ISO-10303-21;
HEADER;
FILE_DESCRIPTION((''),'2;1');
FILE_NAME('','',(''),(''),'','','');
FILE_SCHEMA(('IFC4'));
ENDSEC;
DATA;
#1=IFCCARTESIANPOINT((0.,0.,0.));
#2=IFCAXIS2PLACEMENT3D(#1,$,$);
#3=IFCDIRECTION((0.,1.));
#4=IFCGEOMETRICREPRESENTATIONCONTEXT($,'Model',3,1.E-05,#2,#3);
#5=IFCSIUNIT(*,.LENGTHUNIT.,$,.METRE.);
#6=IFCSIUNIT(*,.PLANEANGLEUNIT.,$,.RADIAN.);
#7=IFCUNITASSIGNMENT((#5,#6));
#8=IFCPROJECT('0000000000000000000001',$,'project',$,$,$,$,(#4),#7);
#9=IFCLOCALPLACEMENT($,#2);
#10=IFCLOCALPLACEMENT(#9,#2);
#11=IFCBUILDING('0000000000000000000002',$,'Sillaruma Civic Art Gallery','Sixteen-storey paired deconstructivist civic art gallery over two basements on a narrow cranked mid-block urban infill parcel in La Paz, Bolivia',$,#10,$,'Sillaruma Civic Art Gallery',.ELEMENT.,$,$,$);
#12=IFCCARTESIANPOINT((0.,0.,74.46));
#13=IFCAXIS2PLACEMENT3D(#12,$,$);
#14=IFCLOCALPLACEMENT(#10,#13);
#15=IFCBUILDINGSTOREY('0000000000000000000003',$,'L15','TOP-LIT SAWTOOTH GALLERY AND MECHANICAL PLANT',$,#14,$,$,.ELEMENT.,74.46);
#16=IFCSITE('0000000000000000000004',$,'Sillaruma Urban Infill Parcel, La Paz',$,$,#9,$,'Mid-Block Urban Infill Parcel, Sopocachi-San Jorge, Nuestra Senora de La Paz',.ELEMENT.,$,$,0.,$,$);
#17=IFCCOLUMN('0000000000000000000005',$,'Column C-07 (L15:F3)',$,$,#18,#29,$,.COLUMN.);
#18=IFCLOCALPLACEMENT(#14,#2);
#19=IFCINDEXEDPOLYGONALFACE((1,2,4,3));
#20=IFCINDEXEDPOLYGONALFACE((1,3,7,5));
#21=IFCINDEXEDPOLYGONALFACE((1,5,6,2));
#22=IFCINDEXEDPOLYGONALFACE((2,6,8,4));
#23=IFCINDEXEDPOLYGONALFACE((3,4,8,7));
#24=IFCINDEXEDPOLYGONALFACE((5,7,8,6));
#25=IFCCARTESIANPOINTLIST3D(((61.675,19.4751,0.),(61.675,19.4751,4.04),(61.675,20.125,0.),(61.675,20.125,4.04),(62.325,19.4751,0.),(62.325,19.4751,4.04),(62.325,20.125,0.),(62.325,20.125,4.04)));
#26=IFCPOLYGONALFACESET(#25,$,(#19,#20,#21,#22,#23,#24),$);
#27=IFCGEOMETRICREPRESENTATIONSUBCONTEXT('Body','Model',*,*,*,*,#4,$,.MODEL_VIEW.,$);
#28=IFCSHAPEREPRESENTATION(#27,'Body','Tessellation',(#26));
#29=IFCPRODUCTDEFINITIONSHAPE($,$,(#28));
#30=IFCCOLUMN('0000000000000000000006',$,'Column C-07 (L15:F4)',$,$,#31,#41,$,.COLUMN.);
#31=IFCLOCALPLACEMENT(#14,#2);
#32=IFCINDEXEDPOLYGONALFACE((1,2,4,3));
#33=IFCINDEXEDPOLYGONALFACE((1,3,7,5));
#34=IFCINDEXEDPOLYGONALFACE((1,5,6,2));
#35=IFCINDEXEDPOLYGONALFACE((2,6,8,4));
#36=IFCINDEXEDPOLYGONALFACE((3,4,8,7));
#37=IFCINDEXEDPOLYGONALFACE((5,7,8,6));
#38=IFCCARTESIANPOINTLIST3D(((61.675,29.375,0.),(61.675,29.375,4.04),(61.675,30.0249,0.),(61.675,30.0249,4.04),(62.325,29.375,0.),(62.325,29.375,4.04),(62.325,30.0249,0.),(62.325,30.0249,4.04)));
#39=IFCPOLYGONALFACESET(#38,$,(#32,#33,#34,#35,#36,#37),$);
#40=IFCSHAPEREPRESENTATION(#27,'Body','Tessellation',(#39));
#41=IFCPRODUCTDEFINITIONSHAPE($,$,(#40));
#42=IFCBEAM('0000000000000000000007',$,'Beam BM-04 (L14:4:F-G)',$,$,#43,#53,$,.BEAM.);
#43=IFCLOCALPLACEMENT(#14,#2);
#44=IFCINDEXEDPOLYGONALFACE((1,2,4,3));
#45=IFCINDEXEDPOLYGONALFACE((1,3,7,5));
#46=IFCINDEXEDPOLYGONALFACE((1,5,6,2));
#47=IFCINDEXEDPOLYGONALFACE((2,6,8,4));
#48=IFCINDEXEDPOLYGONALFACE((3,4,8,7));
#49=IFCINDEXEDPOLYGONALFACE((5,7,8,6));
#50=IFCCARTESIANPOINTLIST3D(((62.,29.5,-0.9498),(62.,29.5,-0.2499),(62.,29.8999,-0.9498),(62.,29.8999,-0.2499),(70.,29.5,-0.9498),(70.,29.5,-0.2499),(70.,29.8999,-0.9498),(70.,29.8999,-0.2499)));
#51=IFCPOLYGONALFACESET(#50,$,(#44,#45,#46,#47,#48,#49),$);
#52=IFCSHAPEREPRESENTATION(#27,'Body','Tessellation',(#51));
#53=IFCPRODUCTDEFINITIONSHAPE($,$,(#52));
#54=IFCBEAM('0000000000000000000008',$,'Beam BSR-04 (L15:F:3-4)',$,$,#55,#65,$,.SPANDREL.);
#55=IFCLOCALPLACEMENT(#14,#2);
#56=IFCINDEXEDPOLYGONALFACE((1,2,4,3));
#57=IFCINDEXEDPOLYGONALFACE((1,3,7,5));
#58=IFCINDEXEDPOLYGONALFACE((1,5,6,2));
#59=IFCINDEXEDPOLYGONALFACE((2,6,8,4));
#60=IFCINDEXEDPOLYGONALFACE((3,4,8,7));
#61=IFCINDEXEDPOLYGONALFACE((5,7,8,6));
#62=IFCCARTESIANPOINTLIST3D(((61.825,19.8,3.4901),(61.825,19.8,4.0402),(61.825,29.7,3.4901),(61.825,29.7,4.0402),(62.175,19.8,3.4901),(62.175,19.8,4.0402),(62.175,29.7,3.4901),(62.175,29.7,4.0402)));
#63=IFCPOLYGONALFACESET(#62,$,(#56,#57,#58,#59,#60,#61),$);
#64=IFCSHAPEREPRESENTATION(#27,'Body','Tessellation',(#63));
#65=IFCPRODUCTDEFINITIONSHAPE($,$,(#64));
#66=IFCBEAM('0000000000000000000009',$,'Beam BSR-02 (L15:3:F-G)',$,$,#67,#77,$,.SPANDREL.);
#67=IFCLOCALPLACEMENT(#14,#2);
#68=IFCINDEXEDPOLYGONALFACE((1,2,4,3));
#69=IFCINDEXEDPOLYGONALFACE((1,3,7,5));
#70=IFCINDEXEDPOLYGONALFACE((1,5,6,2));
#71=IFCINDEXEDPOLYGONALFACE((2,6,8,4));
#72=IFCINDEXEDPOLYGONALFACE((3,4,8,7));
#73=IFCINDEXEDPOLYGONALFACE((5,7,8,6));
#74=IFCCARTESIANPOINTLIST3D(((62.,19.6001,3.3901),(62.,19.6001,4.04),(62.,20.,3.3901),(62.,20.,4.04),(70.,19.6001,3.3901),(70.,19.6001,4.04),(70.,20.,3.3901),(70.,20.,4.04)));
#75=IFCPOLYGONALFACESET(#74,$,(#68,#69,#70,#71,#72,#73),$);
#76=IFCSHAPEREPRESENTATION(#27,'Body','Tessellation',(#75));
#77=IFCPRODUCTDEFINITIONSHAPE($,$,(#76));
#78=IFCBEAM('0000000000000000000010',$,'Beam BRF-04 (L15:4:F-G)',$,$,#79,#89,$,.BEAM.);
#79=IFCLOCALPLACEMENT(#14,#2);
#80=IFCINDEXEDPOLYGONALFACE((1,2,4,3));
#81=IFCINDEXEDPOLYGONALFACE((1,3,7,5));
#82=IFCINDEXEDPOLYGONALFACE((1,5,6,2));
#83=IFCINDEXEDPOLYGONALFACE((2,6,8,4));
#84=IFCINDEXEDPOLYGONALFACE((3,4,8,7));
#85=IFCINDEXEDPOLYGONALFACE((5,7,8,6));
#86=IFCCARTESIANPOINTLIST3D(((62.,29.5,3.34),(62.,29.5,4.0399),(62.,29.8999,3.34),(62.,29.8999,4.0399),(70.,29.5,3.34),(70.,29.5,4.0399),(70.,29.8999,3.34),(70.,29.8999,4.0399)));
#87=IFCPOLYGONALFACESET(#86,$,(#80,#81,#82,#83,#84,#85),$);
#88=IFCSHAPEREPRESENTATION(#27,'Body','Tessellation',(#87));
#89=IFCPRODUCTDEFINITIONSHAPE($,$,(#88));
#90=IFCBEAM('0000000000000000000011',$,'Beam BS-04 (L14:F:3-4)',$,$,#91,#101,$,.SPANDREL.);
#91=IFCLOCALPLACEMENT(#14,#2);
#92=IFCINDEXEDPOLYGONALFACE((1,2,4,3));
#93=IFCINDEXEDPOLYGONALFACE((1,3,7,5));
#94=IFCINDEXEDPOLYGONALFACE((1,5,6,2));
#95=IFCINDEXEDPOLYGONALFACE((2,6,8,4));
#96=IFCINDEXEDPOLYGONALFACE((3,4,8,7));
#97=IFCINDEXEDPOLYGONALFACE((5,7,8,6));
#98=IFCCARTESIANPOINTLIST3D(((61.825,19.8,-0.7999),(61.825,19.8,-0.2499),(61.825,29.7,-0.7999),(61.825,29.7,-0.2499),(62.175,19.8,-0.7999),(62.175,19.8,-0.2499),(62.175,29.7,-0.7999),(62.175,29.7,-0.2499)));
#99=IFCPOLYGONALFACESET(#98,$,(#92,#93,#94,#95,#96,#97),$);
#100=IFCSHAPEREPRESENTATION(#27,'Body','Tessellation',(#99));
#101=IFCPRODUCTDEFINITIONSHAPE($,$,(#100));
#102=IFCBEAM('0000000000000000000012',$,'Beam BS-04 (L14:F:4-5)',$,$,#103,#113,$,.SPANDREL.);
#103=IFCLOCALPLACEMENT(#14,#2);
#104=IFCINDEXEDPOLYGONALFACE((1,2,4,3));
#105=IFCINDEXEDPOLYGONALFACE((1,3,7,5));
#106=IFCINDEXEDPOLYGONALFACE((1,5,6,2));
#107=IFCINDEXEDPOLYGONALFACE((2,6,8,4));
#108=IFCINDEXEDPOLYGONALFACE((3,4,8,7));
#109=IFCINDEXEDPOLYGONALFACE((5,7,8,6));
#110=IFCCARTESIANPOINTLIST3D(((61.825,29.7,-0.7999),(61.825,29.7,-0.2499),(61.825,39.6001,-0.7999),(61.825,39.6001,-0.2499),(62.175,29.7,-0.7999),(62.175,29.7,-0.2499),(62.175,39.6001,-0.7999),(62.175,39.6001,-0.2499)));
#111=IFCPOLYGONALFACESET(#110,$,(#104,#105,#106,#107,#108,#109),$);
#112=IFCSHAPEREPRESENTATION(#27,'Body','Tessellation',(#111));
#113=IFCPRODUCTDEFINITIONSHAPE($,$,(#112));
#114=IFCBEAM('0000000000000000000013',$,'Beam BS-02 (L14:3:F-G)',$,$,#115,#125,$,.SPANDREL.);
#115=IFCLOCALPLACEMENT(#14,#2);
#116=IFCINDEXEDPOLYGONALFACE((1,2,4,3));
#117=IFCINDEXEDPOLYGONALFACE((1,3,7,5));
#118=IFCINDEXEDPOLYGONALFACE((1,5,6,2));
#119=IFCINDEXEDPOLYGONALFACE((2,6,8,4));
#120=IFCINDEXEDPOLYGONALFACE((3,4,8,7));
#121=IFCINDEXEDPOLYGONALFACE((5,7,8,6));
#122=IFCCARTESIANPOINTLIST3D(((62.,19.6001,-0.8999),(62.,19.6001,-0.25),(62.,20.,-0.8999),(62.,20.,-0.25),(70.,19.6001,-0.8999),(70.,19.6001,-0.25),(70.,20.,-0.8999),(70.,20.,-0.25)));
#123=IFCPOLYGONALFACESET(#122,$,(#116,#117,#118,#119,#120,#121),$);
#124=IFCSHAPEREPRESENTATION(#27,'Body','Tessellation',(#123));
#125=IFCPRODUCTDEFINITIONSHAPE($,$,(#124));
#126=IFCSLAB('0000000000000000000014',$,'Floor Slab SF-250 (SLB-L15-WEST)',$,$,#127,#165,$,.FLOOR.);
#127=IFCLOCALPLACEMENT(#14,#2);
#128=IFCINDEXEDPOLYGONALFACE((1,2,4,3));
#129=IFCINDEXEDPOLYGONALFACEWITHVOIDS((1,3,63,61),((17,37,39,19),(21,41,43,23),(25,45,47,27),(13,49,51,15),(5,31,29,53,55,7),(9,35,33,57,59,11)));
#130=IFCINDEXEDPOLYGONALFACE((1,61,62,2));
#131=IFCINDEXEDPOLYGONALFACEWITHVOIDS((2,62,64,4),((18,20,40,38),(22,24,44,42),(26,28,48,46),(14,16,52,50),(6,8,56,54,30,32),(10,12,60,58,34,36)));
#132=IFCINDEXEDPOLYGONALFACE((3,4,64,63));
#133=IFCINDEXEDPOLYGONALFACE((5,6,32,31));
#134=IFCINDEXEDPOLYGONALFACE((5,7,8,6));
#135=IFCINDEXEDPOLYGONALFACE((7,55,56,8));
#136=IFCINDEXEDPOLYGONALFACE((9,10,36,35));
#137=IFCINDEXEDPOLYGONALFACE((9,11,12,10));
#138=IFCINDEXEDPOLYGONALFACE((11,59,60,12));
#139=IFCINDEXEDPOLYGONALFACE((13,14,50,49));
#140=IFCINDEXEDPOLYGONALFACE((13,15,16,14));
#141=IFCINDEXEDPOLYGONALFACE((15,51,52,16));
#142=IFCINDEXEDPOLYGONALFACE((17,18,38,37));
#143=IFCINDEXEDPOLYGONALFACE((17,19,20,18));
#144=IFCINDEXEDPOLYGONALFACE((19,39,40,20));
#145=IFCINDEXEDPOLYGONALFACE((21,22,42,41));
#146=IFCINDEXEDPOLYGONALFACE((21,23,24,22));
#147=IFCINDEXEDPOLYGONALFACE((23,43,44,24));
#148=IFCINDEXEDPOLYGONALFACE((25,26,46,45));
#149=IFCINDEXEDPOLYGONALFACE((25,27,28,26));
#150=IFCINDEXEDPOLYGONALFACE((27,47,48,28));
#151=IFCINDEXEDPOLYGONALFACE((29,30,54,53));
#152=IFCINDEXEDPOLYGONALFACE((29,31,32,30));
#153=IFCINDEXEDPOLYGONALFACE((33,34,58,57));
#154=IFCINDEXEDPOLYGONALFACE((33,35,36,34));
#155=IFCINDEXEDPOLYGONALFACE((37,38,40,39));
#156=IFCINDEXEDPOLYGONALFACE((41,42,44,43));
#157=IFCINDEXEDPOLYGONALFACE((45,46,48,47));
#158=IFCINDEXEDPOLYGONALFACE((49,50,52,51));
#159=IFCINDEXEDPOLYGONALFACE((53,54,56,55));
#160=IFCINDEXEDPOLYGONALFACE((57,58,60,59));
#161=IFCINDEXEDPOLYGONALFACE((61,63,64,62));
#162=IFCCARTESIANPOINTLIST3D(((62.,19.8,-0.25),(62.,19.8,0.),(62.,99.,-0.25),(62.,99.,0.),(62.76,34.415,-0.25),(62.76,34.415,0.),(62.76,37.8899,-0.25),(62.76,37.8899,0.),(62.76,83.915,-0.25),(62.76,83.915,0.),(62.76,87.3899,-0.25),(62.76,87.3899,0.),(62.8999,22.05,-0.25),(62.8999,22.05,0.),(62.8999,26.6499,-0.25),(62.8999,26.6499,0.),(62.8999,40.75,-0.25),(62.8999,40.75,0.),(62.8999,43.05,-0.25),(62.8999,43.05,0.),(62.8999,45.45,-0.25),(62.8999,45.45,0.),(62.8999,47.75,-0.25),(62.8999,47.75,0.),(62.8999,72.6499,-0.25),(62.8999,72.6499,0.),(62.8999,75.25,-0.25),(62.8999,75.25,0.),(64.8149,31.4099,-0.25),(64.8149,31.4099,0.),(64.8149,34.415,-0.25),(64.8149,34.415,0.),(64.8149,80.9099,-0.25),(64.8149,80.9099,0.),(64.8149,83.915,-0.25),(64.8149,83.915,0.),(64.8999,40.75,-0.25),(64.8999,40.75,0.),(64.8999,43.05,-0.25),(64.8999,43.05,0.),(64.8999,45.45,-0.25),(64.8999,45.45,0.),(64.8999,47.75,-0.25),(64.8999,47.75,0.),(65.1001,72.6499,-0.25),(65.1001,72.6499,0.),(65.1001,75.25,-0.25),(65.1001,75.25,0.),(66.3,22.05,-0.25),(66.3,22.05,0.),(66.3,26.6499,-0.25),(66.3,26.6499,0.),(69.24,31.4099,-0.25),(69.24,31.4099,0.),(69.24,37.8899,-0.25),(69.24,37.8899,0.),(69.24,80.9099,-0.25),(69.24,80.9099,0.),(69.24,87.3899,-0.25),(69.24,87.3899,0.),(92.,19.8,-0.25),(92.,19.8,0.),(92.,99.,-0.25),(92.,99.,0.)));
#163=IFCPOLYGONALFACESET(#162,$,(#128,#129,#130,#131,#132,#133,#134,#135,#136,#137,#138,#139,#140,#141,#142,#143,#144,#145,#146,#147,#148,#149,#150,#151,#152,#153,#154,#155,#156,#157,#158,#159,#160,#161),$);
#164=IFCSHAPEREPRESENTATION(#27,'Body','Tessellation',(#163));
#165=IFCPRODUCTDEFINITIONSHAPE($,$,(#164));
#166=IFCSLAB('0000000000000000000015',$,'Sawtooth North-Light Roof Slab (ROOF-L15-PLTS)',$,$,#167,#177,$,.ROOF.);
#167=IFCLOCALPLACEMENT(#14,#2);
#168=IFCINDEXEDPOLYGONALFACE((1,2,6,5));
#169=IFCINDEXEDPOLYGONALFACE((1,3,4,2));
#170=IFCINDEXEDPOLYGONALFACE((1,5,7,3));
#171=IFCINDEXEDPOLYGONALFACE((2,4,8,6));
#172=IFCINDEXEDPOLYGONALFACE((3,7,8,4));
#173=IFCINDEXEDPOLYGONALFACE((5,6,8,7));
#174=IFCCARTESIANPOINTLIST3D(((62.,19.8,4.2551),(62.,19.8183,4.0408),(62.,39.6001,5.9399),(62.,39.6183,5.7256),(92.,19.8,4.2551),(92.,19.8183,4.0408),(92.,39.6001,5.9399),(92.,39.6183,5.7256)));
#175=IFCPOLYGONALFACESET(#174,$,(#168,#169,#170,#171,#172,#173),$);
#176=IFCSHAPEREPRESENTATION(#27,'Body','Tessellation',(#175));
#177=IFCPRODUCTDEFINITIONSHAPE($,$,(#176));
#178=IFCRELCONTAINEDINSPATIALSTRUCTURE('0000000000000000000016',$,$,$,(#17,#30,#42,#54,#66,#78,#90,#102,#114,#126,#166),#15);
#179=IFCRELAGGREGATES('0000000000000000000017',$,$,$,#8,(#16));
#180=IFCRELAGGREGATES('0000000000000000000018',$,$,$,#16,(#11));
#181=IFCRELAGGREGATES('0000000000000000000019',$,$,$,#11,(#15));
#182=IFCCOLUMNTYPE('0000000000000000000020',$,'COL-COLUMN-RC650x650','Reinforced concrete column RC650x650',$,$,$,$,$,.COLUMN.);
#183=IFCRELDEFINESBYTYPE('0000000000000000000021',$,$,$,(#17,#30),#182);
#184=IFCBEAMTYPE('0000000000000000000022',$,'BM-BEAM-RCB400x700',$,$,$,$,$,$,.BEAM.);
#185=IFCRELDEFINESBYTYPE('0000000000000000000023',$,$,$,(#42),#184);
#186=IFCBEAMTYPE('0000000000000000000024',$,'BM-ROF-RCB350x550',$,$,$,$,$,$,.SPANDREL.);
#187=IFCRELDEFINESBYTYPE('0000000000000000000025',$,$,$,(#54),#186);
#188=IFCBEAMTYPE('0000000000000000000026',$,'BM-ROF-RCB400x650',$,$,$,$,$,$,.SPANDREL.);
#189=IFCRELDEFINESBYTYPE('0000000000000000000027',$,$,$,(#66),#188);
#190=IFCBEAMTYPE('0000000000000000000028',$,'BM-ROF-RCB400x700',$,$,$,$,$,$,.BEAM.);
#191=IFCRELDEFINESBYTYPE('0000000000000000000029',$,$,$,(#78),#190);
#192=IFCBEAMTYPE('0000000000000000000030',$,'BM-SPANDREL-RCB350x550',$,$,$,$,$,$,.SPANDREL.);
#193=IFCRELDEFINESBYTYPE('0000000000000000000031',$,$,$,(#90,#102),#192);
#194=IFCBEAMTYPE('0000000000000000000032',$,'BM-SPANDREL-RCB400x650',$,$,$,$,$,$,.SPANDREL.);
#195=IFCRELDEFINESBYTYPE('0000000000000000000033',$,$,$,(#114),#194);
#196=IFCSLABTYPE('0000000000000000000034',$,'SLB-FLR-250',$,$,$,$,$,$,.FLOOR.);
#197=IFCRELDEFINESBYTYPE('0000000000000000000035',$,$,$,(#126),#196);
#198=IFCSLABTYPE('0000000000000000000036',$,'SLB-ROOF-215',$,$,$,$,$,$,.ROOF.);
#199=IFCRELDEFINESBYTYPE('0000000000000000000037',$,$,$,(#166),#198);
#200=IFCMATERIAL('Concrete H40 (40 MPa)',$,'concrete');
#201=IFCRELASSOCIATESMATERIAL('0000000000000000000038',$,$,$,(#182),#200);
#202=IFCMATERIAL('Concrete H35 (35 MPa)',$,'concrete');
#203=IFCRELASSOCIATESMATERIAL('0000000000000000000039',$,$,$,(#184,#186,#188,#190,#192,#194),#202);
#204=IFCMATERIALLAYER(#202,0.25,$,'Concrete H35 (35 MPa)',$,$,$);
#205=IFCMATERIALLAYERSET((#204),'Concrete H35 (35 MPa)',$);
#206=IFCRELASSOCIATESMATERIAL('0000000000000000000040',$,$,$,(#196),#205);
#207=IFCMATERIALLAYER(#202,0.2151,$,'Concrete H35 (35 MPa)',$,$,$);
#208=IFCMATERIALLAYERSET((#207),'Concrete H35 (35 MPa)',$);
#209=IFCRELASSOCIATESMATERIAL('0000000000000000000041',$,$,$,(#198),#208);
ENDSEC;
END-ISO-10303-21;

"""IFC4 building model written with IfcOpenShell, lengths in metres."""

from ifc_helpers import new_model, si_unit, direction, frame, origin, origin_2d, place, context, subcontext, project, spatial, polyline, rectangle, outline, extrude, material, layer, layer_set, material_profile, profile_set, type_object, element, save


model = new_model("IFC4")

# Units and contexts
model_context = context("Model", 3, precision=1e-05, world=origin(), true_north=direction((0.0, 1.0)))
body_context = subcontext(model_context, "Body", "Model", "MODEL_VIEW")
ifc_project = project(units=[si_unit("LENGTHUNIT", "METRE"), si_unit("PLANEANGLEUNIT", "RADIAN")], contexts=[model_context])

# Site, building, storey
site_placement = place(None, origin())
site = spatial("IfcSite", under=ifc_project, at=site_placement, Name="Sillaruma Urban Infill Parcel, La Paz", LongName="Mid-Block Urban Infill Parcel, Sopocachi-San Jorge, Nuestra Senora de La Paz", CompositionType="ELEMENT", RefElevation=0.0)
building_placement = place(site_placement, origin())
building = spatial("IfcBuilding", under=site, at=building_placement, Name="Sillaruma Civic Art Gallery", Description="Sixteen-storey paired deconstructivist civic art gallery over two basements on a narrow cranked mid-block urban infill parcel in La Paz, Bolivia", LongName="Sillaruma Civic Art Gallery", CompositionType="ELEMENT")
storey_placement = place(building_placement, frame((0.0, 0.0, 74.46)))
storey = spatial("IfcBuildingStorey", under=building, at=storey_placement, Name="L15", Description="TOP-LIT SAWTOOTH GALLERY AND MECHANICAL PLANT", CompositionType="ELEMENT", Elevation=74.46)

# Columns
ifc_material_1 = material(Name="Concrete H40 (40 MPa)", Category="concrete")
ifc_material_profile_1 = material_profile(ifc_material_1, rectangle(XDim=0.6499, YDim=0.6499, at=origin_2d()), Name="RC650x650")
ifc_profile_set_1 = profile_set([ifc_material_profile_1], Name="Concrete H40 (40 MPa)")
column_type = type_object("IfcColumnType", Name="COL-COLUMN-RC650x650", Description="Reinforced concrete column RC650x650", PredefinedType="COLUMN", material=ifc_profile_set_1)
for number, where, z_axis, x_axis, name in (
    (1, (62.0, 19.8, 0.0), (0.0, 0.0, 1.0), (1.0, 0.0, 0.0), "Column C-07 (L15:F3)"),
    (2, (62.0, 29.7, 0.0), (0.0, 0.0, 1.0), (1.0, 0.0, 0.0), "Column C-07 (L15:F4)"),
):
    element("IfcColumn", number, at=place(storey_placement, frame(where, z_axis=z_axis, x_axis=x_axis)), inside=storey, type_object=column_type, Name=name, PredefinedType="COLUMN", context=body_context, shape_type="SweptSolid", body=[
        extrude(rectangle(XDim=0.6499, YDim=0.6499, at=origin_2d()), origin(), (0.0, 0.0, 1.0), 4.04),
    ])

# Beams
ifc_material_2 = material(Name="Concrete H35 (35 MPa)", Category="concrete")
ifc_material_profile_2 = material_profile(ifc_material_2, rectangle(XDim=0.3999, YDim=0.7, at=origin_2d()), Name="RCB400x700")
ifc_profile_set_2 = profile_set([ifc_material_profile_2], Name="Concrete H35 (35 MPa)")
beam_type_1 = type_object("IfcBeamType", Name="BM-BEAM-RCB400x700", PredefinedType="BEAM", material=ifc_profile_set_2)
beam_1_placement = place(storey_placement, frame((62.0, 29.7, -0.5999), z_axis=(1.0, 0.0, 0.0), x_axis=(0.0, 1.0, 0.0)))
element("IfcBeam", 3, at=beam_1_placement, inside=storey, type_object=beam_type_1, Name="Beam BM-04 (L14:4:F-G)", PredefinedType="BEAM", context=body_context, shape_type="SweptSolid", body=[
    extrude(rectangle(XDim=0.3999, YDim=0.7, at=origin_2d()), origin(), (0.0, 0.0, 1.0), 8.0),
])
ifc_material_profile_3 = material_profile(ifc_material_2, rectangle(XDim=0.3501, YDim=0.55, at=origin_2d()), Name="RCB350x550")
ifc_profile_set_3 = profile_set([ifc_material_profile_3], Name="Concrete H35 (35 MPa)")
beam_type_2 = type_object("IfcBeamType", Name="BM-ROF-RCB350x550", PredefinedType="SPANDREL", material=ifc_profile_set_3)
beam_2_placement = place(storey_placement, frame((62.0, 19.8, 3.7651), z_axis=(0.0, 1.0, 0.0), x_axis=(-1.0, 0.0, 0.0)))
element("IfcBeam", 4, at=beam_2_placement, inside=storey, type_object=beam_type_2, Name="Beam BSR-04 (L15:F:3-4)", PredefinedType="SPANDREL", context=body_context, shape_type="SweptSolid", body=[
    extrude(rectangle(XDim=0.3501, YDim=0.55, at=origin_2d()), origin(), (0.0, 0.0, 1.0), 9.8999),
])
ifc_material_profile_4 = material_profile(ifc_material_2, rectangle(XDim=0.3999, YDim=0.6499, at=origin_2d()), Name="RCB400x650")
ifc_profile_set_4 = profile_set([ifc_material_profile_4], Name="Concrete H35 (35 MPa)")
beam_type_3 = type_object("IfcBeamType", Name="BM-ROF-RCB400x650", PredefinedType="SPANDREL", material=ifc_profile_set_4)
beam_3_placement = place(storey_placement, frame((62.0, 19.8, 3.7151), z_axis=(1.0, 0.0, 0.0), x_axis=(0.0, 1.0, 0.0)))
element("IfcBeam", 5, at=beam_3_placement, inside=storey, type_object=beam_type_3, Name="Beam BSR-02 (L15:3:F-G)", PredefinedType="SPANDREL", context=body_context, shape_type="SweptSolid", body=[
    extrude(rectangle(XDim=0.3999, YDim=0.6499, at=origin_2d()), origin(), (0.0, 0.0, 1.0), 8.0),
])
ifc_material_profile_5 = material_profile(ifc_material_2, rectangle(XDim=0.3999, YDim=0.7, at=origin_2d()), Name="RCB400x700")
ifc_profile_set_5 = profile_set([ifc_material_profile_5], Name="Concrete H35 (35 MPa)")
beam_type_4 = type_object("IfcBeamType", Name="BM-ROF-RCB400x700", PredefinedType="BEAM", material=ifc_profile_set_5)
beam_4_placement = place(storey_placement, frame((62.0, 29.7, 3.6899), z_axis=(1.0, 0.0, 0.0), x_axis=(0.0, 1.0, 0.0)))
element("IfcBeam", 6, at=beam_4_placement, inside=storey, type_object=beam_type_4, Name="Beam BRF-04 (L15:4:F-G)", PredefinedType="BEAM", context=body_context, shape_type="SweptSolid", body=[
    extrude(rectangle(XDim=0.3999, YDim=0.7, at=origin_2d()), origin(), (0.0, 0.0, 1.0), 8.0),
])
ifc_material_profile_6 = material_profile(ifc_material_2, rectangle(XDim=0.3501, YDim=0.55, at=origin_2d()), Name="RCB350x550")
ifc_profile_set_6 = profile_set([ifc_material_profile_6], Name="Concrete H35 (35 MPa)")
beam_type_5 = type_object("IfcBeamType", Name="BM-SPANDREL-RCB350x550", PredefinedType="SPANDREL", material=ifc_profile_set_6)
beam_5_placement = place(storey_placement, frame((62.0, 19.8, -0.5249), z_axis=(0.0, 1.0, 0.0), x_axis=(-1.0, 0.0, 0.0)))
element("IfcBeam", 7, at=beam_5_placement, inside=storey, type_object=beam_type_5, Name="Beam BS-04 (L14:F:3-4)", PredefinedType="SPANDREL", context=body_context, shape_type="SweptSolid", body=[
    extrude(rectangle(XDim=0.3501, YDim=0.55, at=origin_2d()), origin(), (0.0, 0.0, 1.0), 9.8999),
])
beam_6_placement = place(storey_placement, frame((62.0, 29.7, -0.5249), z_axis=(0.0, 1.0, 0.0), x_axis=(-1.0, 0.0, 0.0)))
element("IfcBeam", 8, at=beam_6_placement, inside=storey, type_object=beam_type_5, Name="Beam BS-04 (L14:F:4-5)", PredefinedType="SPANDREL", context=body_context, shape_type="SweptSolid", body=[
    extrude(rectangle(XDim=0.3501, YDim=0.55, at=origin_2d()), origin(), (0.0, 0.0, 1.0), 9.9001),
])
ifc_material_profile_7 = material_profile(ifc_material_2, rectangle(XDim=0.3999, YDim=0.6499, at=origin_2d()), Name="RCB400x650")
ifc_profile_set_7 = profile_set([ifc_material_profile_7], Name="Concrete H35 (35 MPa)")
beam_type_6 = type_object("IfcBeamType", Name="BM-SPANDREL-RCB400x650", PredefinedType="SPANDREL", material=ifc_profile_set_7)
beam_7_placement = place(storey_placement, frame((62.0, 19.8, -0.575), z_axis=(1.0, 0.0, 0.0), x_axis=(0.0, 1.0, 0.0)))
element("IfcBeam", 9, at=beam_7_placement, inside=storey, type_object=beam_type_6, Name="Beam BS-02 (L14:3:F-G)", PredefinedType="SPANDREL", context=body_context, shape_type="SweptSolid", body=[
    extrude(rectangle(XDim=0.3999, YDim=0.6499, at=origin_2d()), origin(), (0.0, 0.0, 1.0), 8.0),
])

# Slabs
ifc_layer_1 = layer(ifc_material_2, 0.25, Name="Concrete H35 (35 MPa)")
ifc_layer_set_1 = layer_set([ifc_layer_1], Name="Concrete H35 (35 MPa)")
slab_type_1 = type_object("IfcSlabType", Name="SLB-FLR-250", PredefinedType="FLOOR", material=ifc_layer_set_1)
slab_1_placement = place(storey_placement, frame((0.0, 0.0, -0.25)))
element("IfcSlab", 10, at=slab_1_placement, inside=storey, type_object=slab_type_1, Name="Floor Slab SF-250 (SLB-L15-WEST)", PredefinedType="FLOOR", context=body_context, shape_type="SweptSolid", body=[
    extrude(outline(polyline([(62.0, 19.8), (92.0, 19.8), (92.0, 99.0), (62.0, 99.0), (62.0, 19.8)]), holes=[polyline([(64.8149, 80.9099), (69.24, 80.9099), (69.24, 87.3899), (62.76, 87.3899), (62.76, 83.915), (64.8149, 83.915), (64.8149, 80.9099)]), polyline([(64.8149, 31.4099), (69.24, 31.4099), (69.24, 37.8899), (62.76, 37.8899), (62.76, 34.415), (64.8149, 34.415), (64.8149, 31.4099)]), polyline([(62.8999, 40.75), (64.8999, 40.75), (64.8999, 43.05), (62.8999, 43.05), (62.8999, 40.75)]), polyline([(62.8999, 45.45), (64.8999, 45.45), (64.8999, 47.75), (62.8999, 47.75), (62.8999, 45.45)]), polyline([(62.8999, 72.6499), (65.1001, 72.6499), (65.1001, 75.25), (62.8999, 75.25), (62.8999, 72.6499)]), polyline([(62.8999, 22.05), (66.3, 22.05), (66.3, 26.6499), (62.8999, 26.6499), (62.8999, 22.05)])]), origin(), (0.0, 0.0, 1.0), 0.25),
])
ifc_layer_2 = layer(ifc_material_2, 0.2151, Name="Concrete H35 (35 MPa)")
ifc_layer_set_2 = layer_set([ifc_layer_2], Name="Concrete H35 (35 MPa)")
slab_type_2 = type_object("IfcSlabType", Name="SLB-ROOF-215", PredefinedType="ROOF", material=ifc_layer_set_2)
slab_2_placement = place(storey_placement, frame((62.0, 19.8, 4.2551), z_axis=(0.0, -0.084785, 0.996399), x_axis=(1.0, 0.0, 0.0)))
element("IfcSlab", 11, at=slab_2_placement, inside=storey, type_object=slab_type_2, Name="Sawtooth North-Light Roof Slab (ROOF-L15-PLTS)", PredefinedType="ROOF", context=body_context, shape_type="SweptSolid", body=[
    extrude(outline(polyline([(0.0, 0.0), (30.0, 0.0), (30.0, 19.8716), (0.0, 19.8716), (0.0, 0.0)])), origin(), (0.0, 0.0, -1.0), 0.2151),
])

save(model, "model.ifc")
